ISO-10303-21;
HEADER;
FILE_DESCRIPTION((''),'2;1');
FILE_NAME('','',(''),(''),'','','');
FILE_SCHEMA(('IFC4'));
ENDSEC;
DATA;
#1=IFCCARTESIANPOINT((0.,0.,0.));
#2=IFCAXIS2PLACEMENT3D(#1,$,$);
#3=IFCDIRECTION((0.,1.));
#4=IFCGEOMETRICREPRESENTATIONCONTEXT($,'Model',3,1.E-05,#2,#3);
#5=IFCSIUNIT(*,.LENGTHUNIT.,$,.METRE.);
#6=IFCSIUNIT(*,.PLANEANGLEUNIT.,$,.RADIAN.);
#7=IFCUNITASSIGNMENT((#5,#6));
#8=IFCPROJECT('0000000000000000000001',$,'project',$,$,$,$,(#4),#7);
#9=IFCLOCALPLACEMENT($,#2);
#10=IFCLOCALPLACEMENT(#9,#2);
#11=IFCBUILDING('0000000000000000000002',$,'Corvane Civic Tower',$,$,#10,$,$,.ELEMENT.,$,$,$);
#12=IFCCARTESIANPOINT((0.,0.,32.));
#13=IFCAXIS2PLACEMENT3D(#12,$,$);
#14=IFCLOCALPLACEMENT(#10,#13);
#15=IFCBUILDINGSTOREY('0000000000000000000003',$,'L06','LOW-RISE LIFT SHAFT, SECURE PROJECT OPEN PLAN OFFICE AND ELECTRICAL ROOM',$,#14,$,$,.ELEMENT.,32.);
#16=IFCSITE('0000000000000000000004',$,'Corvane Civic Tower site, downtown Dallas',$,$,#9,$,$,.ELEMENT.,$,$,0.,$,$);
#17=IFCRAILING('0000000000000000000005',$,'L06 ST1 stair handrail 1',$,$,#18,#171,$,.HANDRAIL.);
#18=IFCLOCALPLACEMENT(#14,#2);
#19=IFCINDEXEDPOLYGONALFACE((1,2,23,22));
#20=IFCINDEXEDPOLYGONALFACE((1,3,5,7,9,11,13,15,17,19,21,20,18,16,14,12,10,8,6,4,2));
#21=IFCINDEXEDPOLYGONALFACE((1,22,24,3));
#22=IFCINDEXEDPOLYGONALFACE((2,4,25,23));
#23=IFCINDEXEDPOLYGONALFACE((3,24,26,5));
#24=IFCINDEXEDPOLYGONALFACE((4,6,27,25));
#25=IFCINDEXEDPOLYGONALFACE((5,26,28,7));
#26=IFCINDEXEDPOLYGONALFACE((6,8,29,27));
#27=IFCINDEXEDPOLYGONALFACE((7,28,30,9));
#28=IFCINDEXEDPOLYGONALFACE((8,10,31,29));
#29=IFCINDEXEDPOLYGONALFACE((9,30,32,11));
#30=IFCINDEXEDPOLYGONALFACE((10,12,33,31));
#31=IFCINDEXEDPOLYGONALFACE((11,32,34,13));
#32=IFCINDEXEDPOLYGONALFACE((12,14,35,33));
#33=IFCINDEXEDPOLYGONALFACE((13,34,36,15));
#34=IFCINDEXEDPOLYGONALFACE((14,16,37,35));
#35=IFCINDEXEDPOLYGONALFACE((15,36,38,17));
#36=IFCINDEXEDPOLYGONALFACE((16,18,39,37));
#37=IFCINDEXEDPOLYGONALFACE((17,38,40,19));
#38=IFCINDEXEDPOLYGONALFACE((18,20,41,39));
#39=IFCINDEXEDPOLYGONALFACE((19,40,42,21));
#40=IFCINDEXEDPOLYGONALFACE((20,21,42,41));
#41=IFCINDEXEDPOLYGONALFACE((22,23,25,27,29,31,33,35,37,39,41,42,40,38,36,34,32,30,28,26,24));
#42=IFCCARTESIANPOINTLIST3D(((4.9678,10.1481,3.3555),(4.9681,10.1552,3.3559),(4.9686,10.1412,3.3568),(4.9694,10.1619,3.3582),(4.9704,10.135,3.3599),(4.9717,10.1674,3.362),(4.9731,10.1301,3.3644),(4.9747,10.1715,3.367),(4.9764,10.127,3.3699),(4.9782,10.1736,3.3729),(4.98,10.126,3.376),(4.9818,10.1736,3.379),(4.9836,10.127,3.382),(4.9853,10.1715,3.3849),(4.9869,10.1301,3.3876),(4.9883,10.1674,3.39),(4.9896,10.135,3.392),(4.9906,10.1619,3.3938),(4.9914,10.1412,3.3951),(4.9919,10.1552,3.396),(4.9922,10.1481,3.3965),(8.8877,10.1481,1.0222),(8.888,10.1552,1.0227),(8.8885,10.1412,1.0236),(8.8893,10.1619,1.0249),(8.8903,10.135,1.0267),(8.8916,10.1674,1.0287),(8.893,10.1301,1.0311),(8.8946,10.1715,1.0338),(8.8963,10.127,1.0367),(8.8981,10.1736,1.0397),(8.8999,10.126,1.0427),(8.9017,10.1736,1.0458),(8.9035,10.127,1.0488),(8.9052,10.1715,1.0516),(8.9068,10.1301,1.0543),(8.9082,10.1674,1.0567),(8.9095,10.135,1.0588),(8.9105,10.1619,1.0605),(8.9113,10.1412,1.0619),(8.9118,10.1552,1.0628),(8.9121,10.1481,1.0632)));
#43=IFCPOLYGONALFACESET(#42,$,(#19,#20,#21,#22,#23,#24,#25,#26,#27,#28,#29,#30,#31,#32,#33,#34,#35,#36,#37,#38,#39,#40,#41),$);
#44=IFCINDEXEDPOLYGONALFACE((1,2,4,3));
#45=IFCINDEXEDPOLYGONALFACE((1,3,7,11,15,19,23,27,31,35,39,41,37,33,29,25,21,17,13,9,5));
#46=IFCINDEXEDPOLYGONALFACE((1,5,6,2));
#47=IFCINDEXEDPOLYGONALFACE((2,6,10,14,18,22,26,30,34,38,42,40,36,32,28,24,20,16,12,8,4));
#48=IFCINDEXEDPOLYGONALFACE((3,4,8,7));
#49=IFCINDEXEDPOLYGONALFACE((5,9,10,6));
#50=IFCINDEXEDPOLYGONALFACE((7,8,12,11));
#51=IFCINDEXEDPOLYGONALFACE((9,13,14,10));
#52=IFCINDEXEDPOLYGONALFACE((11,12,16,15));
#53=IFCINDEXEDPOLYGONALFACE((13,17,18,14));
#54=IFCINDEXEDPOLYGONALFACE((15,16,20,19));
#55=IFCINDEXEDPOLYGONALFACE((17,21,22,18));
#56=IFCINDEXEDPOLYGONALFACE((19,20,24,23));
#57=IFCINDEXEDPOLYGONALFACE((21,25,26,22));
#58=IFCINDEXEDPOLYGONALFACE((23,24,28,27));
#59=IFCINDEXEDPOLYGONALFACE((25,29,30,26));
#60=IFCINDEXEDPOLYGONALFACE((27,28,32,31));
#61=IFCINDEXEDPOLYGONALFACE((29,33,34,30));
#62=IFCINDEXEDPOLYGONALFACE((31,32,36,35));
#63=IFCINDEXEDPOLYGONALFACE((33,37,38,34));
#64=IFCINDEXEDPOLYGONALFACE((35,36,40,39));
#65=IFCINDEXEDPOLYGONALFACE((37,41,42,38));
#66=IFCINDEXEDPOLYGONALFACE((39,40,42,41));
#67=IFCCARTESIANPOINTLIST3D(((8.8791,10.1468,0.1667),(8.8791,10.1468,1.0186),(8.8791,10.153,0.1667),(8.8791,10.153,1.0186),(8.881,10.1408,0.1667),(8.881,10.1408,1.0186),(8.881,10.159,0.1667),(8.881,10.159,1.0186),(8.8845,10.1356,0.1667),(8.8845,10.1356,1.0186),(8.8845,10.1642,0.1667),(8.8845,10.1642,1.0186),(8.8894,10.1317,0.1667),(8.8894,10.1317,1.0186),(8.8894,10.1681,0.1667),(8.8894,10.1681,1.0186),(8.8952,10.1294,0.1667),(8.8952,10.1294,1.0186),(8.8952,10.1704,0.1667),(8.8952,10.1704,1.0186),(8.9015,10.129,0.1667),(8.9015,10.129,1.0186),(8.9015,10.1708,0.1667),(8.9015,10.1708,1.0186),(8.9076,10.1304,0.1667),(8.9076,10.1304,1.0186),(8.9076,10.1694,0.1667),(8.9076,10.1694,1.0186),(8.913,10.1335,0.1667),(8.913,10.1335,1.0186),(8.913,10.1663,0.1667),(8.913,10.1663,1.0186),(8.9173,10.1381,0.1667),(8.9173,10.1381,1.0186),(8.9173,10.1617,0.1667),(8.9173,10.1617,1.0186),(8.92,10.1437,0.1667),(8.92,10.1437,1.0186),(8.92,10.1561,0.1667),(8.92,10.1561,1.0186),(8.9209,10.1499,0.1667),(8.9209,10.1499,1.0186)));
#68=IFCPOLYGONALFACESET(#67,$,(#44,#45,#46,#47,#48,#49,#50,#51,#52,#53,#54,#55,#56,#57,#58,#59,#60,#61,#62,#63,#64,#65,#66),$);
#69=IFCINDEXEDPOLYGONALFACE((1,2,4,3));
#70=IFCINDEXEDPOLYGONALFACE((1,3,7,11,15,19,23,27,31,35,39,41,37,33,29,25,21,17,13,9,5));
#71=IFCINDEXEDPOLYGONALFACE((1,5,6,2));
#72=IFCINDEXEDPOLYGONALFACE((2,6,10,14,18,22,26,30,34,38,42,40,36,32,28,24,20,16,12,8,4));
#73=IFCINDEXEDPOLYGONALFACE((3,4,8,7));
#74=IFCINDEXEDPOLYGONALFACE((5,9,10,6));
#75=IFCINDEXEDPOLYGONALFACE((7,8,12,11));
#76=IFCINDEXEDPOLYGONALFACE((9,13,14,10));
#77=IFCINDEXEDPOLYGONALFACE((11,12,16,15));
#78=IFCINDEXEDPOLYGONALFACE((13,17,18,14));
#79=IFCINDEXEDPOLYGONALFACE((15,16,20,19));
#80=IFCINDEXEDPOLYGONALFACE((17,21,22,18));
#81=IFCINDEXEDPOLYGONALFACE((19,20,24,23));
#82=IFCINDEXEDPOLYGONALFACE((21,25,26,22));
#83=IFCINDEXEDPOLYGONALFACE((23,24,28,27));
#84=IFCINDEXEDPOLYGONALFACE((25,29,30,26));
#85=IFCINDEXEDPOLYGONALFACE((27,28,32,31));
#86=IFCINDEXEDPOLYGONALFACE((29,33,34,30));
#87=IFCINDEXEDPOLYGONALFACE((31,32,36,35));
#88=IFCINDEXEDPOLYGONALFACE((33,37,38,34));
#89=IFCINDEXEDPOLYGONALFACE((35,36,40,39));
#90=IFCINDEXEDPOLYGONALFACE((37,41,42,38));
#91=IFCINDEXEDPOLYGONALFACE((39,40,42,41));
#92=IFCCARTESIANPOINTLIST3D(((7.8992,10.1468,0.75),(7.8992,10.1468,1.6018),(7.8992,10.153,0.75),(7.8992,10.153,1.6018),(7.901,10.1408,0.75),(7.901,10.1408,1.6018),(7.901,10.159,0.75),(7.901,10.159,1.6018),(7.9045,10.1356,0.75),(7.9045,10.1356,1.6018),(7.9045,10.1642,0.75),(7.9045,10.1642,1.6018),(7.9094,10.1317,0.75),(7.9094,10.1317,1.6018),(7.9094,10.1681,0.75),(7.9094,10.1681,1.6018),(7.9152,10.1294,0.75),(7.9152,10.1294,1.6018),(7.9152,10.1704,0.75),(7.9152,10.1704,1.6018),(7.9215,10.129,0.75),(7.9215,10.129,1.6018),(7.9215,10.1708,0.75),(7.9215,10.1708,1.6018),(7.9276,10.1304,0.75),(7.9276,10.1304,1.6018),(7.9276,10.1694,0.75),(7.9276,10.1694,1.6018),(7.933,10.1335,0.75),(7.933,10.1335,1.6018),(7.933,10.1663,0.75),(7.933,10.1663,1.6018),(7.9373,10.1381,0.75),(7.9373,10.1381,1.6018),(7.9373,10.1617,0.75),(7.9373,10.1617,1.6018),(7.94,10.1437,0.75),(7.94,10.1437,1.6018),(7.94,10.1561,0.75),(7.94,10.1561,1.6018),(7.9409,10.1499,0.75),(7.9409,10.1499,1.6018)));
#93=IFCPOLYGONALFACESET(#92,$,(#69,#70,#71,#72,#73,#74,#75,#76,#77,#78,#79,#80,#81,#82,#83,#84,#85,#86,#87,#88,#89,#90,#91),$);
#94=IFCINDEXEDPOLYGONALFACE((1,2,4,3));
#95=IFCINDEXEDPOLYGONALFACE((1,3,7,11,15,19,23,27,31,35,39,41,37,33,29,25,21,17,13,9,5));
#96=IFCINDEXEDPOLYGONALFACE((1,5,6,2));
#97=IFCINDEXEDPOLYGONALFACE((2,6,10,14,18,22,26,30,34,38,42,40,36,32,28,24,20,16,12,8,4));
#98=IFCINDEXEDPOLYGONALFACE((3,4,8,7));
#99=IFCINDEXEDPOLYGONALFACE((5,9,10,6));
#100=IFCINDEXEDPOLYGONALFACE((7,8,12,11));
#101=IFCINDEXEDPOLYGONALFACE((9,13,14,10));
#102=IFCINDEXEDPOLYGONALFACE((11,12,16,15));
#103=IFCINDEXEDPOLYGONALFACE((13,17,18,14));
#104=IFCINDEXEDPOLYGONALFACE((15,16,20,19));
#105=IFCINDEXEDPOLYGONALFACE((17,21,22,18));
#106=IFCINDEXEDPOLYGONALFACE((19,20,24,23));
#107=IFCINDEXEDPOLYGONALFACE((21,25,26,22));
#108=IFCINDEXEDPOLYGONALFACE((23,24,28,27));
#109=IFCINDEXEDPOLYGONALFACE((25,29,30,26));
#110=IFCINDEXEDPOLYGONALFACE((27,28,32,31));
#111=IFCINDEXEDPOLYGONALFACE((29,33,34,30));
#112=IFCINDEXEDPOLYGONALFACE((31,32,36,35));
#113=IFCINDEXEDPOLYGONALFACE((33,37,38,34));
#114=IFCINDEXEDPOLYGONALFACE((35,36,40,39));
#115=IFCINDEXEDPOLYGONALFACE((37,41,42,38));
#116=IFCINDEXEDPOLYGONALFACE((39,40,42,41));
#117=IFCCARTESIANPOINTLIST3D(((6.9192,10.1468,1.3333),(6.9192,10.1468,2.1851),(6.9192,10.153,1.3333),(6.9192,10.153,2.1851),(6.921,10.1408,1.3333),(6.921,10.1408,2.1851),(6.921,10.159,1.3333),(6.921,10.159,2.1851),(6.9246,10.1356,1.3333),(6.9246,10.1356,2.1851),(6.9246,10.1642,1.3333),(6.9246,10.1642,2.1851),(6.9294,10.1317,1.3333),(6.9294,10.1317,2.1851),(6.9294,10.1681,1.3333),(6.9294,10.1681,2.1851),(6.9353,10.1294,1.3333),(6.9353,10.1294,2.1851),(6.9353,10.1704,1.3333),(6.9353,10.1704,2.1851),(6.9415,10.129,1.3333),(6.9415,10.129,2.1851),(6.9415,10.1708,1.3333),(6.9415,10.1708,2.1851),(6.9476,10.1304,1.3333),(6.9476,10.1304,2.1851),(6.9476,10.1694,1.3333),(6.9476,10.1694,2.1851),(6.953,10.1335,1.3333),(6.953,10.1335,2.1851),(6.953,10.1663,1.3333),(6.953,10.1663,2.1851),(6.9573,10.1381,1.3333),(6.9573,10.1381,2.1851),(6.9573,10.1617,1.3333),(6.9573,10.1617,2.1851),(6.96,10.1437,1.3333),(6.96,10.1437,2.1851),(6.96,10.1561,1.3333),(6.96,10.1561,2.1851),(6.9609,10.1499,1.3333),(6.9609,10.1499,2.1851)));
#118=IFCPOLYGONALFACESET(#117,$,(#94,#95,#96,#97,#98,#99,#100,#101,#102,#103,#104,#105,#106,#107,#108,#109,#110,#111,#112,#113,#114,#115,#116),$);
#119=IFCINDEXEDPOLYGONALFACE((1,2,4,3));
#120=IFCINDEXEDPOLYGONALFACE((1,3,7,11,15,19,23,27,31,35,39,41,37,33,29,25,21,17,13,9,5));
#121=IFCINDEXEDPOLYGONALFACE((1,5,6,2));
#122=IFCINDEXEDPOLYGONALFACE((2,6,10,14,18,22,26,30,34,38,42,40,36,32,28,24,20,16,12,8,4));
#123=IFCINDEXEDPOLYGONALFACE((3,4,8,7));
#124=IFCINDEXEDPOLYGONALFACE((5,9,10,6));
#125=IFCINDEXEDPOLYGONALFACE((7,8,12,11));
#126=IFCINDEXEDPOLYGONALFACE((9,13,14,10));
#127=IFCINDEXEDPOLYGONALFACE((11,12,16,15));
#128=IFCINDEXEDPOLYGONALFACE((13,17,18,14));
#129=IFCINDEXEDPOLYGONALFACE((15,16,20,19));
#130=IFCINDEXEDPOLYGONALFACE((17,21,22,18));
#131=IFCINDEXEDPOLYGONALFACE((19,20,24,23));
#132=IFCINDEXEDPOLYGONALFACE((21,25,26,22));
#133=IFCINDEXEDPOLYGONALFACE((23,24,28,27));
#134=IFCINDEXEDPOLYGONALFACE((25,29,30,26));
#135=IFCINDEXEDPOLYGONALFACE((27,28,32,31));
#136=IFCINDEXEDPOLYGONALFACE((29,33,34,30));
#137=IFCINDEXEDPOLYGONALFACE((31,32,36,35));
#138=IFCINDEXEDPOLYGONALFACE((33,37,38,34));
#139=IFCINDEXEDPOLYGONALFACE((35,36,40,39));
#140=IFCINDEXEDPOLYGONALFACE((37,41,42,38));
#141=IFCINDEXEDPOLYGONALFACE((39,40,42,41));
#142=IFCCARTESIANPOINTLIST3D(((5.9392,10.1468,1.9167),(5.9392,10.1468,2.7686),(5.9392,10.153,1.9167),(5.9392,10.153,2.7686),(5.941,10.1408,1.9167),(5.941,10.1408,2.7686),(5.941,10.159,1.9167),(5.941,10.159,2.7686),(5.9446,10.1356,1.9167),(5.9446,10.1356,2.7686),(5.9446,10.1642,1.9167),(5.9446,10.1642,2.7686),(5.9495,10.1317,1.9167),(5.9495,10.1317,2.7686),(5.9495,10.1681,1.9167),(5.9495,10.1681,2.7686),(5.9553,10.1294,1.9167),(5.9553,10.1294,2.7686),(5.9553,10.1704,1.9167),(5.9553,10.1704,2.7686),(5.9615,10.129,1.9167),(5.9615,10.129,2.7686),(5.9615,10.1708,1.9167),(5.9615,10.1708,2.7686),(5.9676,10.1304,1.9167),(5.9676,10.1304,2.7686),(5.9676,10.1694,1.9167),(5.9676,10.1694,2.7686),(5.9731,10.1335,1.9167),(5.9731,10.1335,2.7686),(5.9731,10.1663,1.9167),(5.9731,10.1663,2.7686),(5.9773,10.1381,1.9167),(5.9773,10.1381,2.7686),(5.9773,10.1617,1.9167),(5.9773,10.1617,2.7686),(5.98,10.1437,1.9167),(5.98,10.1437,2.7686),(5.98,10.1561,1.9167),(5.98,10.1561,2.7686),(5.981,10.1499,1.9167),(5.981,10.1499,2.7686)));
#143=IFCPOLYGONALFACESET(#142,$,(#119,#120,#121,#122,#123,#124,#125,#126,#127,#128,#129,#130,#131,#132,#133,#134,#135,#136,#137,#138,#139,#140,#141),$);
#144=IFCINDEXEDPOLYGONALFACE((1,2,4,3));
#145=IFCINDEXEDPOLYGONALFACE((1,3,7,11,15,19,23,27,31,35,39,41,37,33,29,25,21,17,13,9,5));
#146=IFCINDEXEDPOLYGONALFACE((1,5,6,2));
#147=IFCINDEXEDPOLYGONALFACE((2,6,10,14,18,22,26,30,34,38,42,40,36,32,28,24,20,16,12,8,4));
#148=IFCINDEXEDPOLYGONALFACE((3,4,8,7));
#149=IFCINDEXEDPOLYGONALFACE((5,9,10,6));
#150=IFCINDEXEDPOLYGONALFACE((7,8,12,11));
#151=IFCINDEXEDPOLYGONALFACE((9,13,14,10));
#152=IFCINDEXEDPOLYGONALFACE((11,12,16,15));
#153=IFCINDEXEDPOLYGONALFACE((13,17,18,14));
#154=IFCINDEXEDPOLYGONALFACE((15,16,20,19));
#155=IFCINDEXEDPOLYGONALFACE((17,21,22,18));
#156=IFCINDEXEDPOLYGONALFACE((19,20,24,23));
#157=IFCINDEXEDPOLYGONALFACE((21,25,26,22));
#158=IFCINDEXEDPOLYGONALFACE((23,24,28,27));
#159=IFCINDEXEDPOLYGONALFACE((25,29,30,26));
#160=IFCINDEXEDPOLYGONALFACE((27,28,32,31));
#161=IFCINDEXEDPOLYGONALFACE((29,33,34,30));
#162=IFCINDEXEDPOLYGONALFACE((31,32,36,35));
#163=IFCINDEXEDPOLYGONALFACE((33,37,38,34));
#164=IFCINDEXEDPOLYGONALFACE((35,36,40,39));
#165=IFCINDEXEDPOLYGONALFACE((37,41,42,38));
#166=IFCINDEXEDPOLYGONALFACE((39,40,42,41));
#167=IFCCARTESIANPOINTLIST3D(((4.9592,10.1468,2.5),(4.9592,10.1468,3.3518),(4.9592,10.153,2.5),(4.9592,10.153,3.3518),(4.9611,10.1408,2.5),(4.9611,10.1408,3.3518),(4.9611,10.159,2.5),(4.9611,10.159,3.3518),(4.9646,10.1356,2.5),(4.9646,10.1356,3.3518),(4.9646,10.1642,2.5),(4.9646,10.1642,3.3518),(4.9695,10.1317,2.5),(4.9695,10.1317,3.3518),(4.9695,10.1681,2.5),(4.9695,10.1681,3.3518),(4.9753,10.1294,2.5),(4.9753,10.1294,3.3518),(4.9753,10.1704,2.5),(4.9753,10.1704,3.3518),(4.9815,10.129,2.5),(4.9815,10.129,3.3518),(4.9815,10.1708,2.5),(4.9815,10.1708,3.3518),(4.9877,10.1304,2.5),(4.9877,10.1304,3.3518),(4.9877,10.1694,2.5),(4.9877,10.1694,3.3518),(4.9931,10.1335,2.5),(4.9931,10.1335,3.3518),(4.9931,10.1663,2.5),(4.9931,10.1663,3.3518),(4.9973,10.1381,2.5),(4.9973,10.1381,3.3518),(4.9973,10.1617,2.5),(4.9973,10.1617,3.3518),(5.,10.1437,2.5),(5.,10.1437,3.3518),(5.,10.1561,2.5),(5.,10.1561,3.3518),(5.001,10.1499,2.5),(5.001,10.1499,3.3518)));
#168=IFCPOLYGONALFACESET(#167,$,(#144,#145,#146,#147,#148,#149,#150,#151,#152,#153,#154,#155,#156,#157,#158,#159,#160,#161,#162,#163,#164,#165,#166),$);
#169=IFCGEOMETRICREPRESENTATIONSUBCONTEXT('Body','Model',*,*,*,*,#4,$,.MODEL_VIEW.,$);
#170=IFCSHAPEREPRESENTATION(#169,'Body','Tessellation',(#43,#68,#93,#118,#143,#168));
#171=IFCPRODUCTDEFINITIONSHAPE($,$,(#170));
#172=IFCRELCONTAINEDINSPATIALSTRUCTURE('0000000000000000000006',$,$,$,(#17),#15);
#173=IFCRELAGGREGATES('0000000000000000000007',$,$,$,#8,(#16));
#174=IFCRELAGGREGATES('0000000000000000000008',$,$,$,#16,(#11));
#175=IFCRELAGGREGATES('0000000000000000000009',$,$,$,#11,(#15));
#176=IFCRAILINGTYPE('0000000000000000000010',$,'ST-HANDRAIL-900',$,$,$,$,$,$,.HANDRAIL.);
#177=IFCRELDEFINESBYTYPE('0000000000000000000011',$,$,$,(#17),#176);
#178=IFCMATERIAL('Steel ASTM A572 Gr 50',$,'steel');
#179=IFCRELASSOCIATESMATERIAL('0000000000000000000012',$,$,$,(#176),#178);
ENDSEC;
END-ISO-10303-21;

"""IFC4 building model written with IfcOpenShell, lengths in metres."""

from ifc_helpers import new_model, si_unit, direction, frame, origin, origin_2d, place, context, subcontext, project, spatial, circle, extrude, material, type_object, element, save


model = new_model("IFC4")

# Units and contexts
model_context = context("Model", 3, precision=1e-05, world=origin(), true_north=direction((0.0, 1.0)))
body_context = subcontext(model_context, "Body", "Model", "MODEL_VIEW")
ifc_project = project(units=[si_unit("LENGTHUNIT", "METRE"), si_unit("PLANEANGLEUNIT", "RADIAN")], contexts=[model_context])

# Site, building, storey
site_placement = place(None, origin())
site = spatial("IfcSite", under=ifc_project, at=site_placement, Name="Corvane Civic Tower site, downtown Dallas", CompositionType="ELEMENT", RefElevation=0.0)
building_placement = place(site_placement, origin())
building = spatial("IfcBuilding", under=site, at=building_placement, Name="Corvane Civic Tower", CompositionType="ELEMENT")
storey_placement = place(building_placement, frame((0.0, 0.0, 32.0)))
storey = spatial("IfcBuildingStorey", under=building, at=storey_placement, Name="L06", Description="LOW-RISE LIFT SHAFT, SECURE PROJECT OPEN PLAN OFFICE AND ELECTRICAL ROOM", CompositionType="ELEMENT", Elevation=32.0)

# Railing
ifc_material_1 = material(Name="Steel ASTM A572 Gr 50", Category="steel")
railing_type_1 = type_object("IfcRailingType", Name="ST-HANDRAIL-900", PredefinedType="HANDRAIL", material=ifc_material_1)
railing_1_placement = place(storey_placement, frame((8.8999, 10.1499, 0.1667)))
element("IfcRailing", 1, at=railing_1_placement, inside=storey, type_object=railing_type_1, Name="L06 ST1 stair handrail 1", PredefinedType="HANDRAIL", context=body_context, shape_type="SweptSolid", body=[
    extrude(circle(Radius=0.0239, at=origin_2d()), frame((0.0, 0.0, 0.876), z_axis=(-0.859296, 0.0, 0.511478), x_axis=(0.0, -1.0, 0.0)), (0.0, 0.0, 1.0), 4.5618),
    extrude(circle(Radius=0.021, at=origin_2d()), origin(), (0.0, 0.0, 1.0), 0.8518),
    extrude(circle(Radius=0.021, at=origin_2d()), frame((-0.98, 0.0, 0.5833)), (0.0, 0.0, 1.0), 0.8518),
    extrude(circle(Radius=0.021, at=origin_2d()), frame((-1.96, 0.0, 1.1665)), (0.0, 0.0, 1.0), 0.8518),
    extrude(circle(Radius=0.021, at=origin_2d()), frame((-2.9399, 0.0, 1.75)), (0.0, 0.0, 1.0), 0.8518),
    extrude(circle(Radius=0.021, at=origin_2d()), frame((-3.9199, 0.0, 2.3333)), (0.0, 0.0, 1.0), 0.8518),
])

save(model, "model.ifc")
